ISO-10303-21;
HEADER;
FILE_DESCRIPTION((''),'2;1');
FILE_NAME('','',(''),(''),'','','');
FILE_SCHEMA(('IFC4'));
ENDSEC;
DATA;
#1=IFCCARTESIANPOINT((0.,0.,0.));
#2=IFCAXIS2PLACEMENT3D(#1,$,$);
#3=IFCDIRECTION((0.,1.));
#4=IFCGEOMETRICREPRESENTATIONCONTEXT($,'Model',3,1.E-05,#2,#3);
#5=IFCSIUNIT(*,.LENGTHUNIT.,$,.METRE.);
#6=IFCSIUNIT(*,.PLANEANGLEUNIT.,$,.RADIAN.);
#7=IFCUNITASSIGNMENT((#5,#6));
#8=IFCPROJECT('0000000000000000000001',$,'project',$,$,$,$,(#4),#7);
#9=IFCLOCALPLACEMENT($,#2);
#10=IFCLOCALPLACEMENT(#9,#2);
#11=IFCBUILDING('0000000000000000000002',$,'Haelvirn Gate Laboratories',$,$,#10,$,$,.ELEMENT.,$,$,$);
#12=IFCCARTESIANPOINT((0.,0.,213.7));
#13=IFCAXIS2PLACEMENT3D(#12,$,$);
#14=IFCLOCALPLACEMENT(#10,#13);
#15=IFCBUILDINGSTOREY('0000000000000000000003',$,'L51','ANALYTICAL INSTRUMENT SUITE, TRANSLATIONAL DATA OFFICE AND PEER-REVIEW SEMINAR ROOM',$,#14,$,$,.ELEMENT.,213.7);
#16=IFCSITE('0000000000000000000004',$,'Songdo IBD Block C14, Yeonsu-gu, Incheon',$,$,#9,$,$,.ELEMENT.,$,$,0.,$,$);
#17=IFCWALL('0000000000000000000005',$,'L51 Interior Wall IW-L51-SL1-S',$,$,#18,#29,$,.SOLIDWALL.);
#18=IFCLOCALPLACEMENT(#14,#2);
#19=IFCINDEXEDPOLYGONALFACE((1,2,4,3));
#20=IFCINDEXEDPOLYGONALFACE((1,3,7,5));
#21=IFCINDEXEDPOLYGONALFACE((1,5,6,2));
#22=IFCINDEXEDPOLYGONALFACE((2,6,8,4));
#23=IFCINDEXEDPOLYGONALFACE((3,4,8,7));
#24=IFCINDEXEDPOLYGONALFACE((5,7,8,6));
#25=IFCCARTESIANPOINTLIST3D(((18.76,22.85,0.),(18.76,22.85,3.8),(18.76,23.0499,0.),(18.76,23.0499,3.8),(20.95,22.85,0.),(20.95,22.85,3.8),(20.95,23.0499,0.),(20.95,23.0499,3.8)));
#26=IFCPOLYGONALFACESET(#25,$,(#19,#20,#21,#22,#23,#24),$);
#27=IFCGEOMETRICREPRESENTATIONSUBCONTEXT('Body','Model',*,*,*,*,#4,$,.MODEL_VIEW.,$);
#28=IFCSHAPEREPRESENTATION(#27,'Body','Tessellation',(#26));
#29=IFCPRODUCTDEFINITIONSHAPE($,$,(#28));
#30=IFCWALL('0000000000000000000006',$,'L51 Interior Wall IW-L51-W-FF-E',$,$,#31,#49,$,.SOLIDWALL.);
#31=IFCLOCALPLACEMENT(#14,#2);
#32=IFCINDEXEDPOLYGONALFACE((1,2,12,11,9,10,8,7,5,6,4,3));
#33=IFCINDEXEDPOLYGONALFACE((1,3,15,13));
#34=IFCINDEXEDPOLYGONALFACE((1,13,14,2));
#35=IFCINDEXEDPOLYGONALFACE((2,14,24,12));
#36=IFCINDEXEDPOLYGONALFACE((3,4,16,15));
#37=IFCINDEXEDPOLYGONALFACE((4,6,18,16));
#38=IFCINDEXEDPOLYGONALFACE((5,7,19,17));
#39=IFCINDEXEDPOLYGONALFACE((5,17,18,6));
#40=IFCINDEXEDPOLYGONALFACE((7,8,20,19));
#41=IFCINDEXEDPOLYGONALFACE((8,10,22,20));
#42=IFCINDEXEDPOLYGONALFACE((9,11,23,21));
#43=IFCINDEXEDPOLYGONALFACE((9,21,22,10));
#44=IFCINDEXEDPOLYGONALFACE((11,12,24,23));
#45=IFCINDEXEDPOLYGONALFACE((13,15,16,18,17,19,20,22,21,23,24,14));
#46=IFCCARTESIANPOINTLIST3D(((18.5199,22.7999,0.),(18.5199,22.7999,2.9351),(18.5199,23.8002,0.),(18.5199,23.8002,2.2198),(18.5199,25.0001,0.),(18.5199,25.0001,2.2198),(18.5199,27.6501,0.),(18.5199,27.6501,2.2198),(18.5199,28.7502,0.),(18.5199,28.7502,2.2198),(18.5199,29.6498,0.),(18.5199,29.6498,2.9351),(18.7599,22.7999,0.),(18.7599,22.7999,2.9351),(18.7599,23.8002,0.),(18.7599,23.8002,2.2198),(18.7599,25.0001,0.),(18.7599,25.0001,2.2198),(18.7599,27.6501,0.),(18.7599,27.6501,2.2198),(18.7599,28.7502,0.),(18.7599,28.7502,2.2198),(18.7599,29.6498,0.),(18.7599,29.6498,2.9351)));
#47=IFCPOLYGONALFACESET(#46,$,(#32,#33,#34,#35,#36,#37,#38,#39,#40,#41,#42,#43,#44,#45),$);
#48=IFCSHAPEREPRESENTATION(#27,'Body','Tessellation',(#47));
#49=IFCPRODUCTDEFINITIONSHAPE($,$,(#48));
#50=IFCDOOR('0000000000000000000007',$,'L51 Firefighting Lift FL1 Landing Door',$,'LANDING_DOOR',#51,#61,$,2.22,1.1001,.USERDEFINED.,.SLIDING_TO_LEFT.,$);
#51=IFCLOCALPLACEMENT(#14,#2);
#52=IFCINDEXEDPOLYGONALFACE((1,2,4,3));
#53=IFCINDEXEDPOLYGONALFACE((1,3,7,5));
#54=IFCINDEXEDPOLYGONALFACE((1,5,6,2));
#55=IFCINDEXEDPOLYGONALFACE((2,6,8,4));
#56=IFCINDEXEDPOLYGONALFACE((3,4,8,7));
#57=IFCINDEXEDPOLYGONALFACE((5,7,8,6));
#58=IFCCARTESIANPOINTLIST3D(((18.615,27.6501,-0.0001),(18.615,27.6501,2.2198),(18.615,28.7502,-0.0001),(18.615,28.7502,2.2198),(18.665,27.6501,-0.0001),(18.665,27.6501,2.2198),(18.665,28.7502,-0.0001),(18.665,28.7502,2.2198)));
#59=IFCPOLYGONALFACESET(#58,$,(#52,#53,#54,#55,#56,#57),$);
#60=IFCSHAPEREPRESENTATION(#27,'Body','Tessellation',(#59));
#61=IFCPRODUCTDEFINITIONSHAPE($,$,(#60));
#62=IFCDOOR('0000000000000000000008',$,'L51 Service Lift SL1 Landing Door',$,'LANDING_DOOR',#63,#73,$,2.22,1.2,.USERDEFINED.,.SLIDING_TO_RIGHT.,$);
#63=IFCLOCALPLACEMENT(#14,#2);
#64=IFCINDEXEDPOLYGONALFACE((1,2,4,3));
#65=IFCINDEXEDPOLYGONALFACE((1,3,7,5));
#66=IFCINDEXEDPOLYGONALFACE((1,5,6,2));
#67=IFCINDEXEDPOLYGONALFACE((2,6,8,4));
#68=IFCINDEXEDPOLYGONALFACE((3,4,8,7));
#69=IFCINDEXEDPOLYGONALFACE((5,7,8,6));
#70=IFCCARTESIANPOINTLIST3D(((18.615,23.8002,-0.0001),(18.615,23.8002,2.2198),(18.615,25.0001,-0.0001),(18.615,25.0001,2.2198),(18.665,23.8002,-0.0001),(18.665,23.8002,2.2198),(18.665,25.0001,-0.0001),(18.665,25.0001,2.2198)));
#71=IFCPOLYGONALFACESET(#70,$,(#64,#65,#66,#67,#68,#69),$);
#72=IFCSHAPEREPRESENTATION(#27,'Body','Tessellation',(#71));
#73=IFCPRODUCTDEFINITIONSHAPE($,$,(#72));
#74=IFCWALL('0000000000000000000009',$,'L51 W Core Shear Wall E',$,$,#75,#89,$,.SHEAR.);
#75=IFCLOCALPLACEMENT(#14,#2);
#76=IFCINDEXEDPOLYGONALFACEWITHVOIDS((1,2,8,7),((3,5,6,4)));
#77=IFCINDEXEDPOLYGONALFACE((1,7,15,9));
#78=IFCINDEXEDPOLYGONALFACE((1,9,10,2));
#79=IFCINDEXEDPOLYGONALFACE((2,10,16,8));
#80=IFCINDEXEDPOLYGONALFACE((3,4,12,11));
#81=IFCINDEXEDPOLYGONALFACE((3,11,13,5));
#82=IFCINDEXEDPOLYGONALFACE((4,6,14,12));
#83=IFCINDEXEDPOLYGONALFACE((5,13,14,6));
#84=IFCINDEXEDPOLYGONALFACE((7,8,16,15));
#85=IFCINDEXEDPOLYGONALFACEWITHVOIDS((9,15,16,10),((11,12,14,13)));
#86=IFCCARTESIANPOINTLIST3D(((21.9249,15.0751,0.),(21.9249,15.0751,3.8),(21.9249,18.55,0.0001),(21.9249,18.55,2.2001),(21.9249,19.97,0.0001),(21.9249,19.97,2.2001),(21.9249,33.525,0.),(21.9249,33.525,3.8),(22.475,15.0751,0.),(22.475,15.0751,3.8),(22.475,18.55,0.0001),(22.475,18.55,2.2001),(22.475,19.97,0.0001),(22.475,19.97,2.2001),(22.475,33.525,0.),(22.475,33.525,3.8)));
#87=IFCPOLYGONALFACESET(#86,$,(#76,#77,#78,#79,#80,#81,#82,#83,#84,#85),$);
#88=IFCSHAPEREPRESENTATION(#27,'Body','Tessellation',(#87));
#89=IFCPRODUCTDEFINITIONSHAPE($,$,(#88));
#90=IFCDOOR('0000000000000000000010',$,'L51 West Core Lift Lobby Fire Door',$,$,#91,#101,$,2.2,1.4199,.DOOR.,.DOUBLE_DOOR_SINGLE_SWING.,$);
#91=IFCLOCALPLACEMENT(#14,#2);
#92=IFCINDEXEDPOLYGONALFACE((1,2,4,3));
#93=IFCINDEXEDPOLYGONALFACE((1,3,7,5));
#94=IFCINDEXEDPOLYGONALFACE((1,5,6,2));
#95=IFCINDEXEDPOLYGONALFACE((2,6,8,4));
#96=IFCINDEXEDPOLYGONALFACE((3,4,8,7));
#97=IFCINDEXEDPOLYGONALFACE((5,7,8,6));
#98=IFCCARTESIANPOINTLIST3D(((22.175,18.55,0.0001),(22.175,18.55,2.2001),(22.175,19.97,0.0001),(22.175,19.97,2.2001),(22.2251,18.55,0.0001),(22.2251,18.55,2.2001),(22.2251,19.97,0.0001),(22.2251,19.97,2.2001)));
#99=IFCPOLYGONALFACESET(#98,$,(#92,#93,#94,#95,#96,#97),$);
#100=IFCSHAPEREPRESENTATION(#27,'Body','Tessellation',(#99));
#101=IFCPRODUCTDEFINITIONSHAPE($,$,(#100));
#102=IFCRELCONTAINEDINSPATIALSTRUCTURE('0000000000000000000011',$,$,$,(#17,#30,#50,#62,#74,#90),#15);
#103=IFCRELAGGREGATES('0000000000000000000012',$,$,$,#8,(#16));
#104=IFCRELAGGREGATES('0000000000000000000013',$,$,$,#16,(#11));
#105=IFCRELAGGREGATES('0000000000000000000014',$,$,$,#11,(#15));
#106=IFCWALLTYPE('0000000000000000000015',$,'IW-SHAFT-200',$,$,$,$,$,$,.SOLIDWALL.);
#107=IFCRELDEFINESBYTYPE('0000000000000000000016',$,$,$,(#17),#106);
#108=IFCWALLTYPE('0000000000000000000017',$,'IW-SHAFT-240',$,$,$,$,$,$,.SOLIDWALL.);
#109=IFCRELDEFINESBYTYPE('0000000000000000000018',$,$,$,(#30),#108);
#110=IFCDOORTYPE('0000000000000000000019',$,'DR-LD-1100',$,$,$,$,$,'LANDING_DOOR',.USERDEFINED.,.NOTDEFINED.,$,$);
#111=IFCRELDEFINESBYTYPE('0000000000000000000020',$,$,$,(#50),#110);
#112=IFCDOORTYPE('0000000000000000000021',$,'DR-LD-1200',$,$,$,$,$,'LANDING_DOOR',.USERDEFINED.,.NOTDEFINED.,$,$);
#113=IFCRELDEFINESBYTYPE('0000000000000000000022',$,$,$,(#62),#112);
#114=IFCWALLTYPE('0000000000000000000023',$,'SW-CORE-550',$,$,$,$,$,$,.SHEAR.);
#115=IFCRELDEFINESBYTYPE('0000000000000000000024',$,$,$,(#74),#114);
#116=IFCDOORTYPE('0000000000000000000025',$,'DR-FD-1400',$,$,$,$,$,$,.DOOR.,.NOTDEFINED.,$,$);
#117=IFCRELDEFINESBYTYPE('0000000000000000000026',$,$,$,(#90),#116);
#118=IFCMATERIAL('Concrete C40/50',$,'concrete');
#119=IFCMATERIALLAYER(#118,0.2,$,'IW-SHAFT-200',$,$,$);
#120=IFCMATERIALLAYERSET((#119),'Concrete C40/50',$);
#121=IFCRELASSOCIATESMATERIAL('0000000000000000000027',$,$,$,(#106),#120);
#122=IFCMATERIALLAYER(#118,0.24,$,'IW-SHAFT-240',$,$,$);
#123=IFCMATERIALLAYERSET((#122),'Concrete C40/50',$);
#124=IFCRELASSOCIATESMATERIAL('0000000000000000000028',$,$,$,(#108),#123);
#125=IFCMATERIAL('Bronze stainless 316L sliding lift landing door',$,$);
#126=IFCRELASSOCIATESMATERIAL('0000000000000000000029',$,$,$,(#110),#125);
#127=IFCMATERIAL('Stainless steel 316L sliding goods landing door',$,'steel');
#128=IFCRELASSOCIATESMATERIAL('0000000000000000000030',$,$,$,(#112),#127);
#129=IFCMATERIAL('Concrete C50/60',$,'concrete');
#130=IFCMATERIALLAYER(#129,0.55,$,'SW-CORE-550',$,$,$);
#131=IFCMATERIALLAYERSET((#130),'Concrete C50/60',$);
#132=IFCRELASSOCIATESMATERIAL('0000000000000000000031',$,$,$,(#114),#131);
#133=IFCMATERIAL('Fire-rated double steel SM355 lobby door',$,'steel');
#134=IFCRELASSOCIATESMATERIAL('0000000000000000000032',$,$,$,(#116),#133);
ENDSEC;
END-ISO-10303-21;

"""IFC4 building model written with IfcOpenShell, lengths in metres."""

from ifc_helpers import new_model, si_unit, direction, frame, frame_2d, origin, place, context, subcontext, project, spatial, rectangle, extrude, source, transform, mapped, material, layer, layer_set, type_object, type_shapes, element, fill, save


model = new_model("IFC4")

# Units and contexts
model_context = context("Model", 3, precision=1e-05, world=origin(), true_north=direction((0.0, 1.0)))
body_context = subcontext(model_context, "Body", "Model", "MODEL_VIEW")
ifc_project = project(units=[si_unit("LENGTHUNIT", "METRE"), si_unit("PLANEANGLEUNIT", "RADIAN")], contexts=[model_context])

# Site, building, storey
site_placement = place(None, origin())
site = spatial("IfcSite", under=ifc_project, at=site_placement, Name="Songdo IBD Block C14, Yeonsu-gu, Incheon", CompositionType="ELEMENT", RefElevation=0.0)
building_placement = place(site_placement, origin())
building = spatial("IfcBuilding", under=site, at=building_placement, Name="Haelvirn Gate Laboratories", CompositionType="ELEMENT")
storey_placement = place(building_placement, frame((0.0, 0.0, 213.7)))
storey = spatial("IfcBuildingStorey", under=building, at=storey_placement, Name="L51", Description="ANALYTICAL INSTRUMENT SUITE, TRANSLATIONAL DATA OFFICE AND PEER-REVIEW SEMINAR ROOM", CompositionType="ELEMENT", Elevation=213.7)

# Wall
ifc_material_1 = material(Name="Concrete C40/50", Category="concrete")
ifc_layer_1 = layer(ifc_material_1, 0.2, Name="IW-SHAFT-200")
ifc_layer_set_1 = layer_set([ifc_layer_1], Name="Concrete C40/50")
wall_type_1 = type_object("IfcWallType", Name="IW-SHAFT-200", PredefinedType="SOLIDWALL", material=ifc_layer_set_1)
wall_1_placement = place(storey_placement, frame((18.76, 22.95, 0.0), z_axis=(0.0, 0.0, 1.0), x_axis=(1.0, 0.0, 0.0)))
element("IfcWall", 1, at=wall_1_placement, inside=storey, type_object=wall_type_1, Name="L51 Interior Wall IW-L51-SL1-S", PredefinedType="SOLIDWALL", context=body_context, shape_type="SweptSolid", body=[
    extrude(rectangle(XDim=2.1899, YDim=0.2, at=frame_2d((1.095, 0.0))), origin(), (0.0, 0.0, 1.0), 3.8),
])

# Wall, openings, doors
ifc_layer_2 = layer(ifc_material_1, 0.24, Name="IW-SHAFT-240")
ifc_layer_set_2 = layer_set([ifc_layer_2], Name="Concrete C40/50")
wall_type_2 = type_object("IfcWallType", Name="IW-SHAFT-240", PredefinedType="SOLIDWALL", material=ifc_layer_set_2)
wall_2_placement = place(storey_placement, frame((18.6399, 22.8, 0.0), z_axis=(0.0, 0.0, 1.0), x_axis=(0.0, 1.0, 0.0)))
wall_2 = element("IfcWall", 2, at=wall_2_placement, inside=storey, type_object=wall_type_2, Name="L51 Interior Wall IW-L51-W-FF-E", PredefinedType="SOLIDWALL", context=body_context, shape_type="SweptSolid", body=[
    extrude(rectangle(XDim=6.8499, YDim=0.24, at=frame_2d((3.4248, 0.0))), origin(), (0.0, 0.0, 1.0), 2.9351),
])
opening_1_placement = place(wall_2_placement, frame((4.8501, 0.0, 0.0)))
opening_1 = element("IfcOpeningElement", 3, at=opening_1_placement, cuts=wall_2, PredefinedType="OPENING", context=body_context, shape_type="SweptSolid", body=[
    extrude(rectangle(XDim=1.1001, YDim=2.22, at=frame_2d((0.55, 1.1099))), frame((0.0, 0.1299, 0.0), z_axis=(0.0, -1.0, 0.0), x_axis=(1.0, 0.0, 0.0)), (0.0, 0.0, 1.0), 0.26),
])
opening_2_placement = place(wall_2_placement, frame((1.0, 0.0, 0.0)))
opening_2 = element("IfcOpeningElement", 4, at=opening_2_placement, cuts=wall_2, PredefinedType="OPENING", context=body_context, shape_type="SweptSolid", body=[
    extrude(rectangle(XDim=1.2, YDim=2.22, at=frame_2d((0.6001, 1.1099))), frame((0.0, 0.1299, 0.0), z_axis=(0.0, -1.0, 0.0), x_axis=(1.0, 0.0, 0.0)), (0.0, 0.0, 1.0), 0.26),
])
ifc_material_2 = material(Name="Bronze stainless 316L sliding lift landing door")
door_type_1 = type_object("IfcDoorType", Name="DR-LD-1100", ElementType="LANDING_DOOR", OperationType="NOTDEFINED", PredefinedType="USERDEFINED", material=ifc_material_2)
shared_shape_1 = source(origin(), body_context, "Body", "SweptSolid", [
    extrude(rectangle(XDim=1.1001, YDim=2.22, at=frame_2d((0.55, 1.1099))), frame((0.0, 0.0249, 0.0), z_axis=(0.0, -1.0, 0.0), x_axis=(1.0, 0.0, 0.0)), (0.0, 0.0, 1.0), 0.05),
])
type_shapes(door_type_1, [shared_shape_1])
door_1_placement = place(opening_1_placement, origin())
door_1 = element("IfcDoor", 5, at=door_1_placement, inside=storey, type_object=door_type_1, Name="L51 Firefighting Lift FL1 Landing Door", ObjectType="LANDING_DOOR", OperationType="SLIDING_TO_LEFT", OverallHeight=2.22, OverallWidth=1.1001, PredefinedType="USERDEFINED", context=body_context, shape_type="MappedRepresentation", body=[
    mapped(shared_shape_1, transform((0.0, 0.0, 0.0), scale=1.0)),
])
fill(opening_1, door_1)
ifc_material_3 = material(Name="Stainless steel 316L sliding goods landing door", Category="steel")
door_type_2 = type_object("IfcDoorType", Name="DR-LD-1200", ElementType="LANDING_DOOR", OperationType="NOTDEFINED", PredefinedType="USERDEFINED", material=ifc_material_3)
shared_shape_2 = source(origin(), body_context, "Body", "SweptSolid", [
    extrude(rectangle(XDim=1.2, YDim=2.22, at=frame_2d((0.6001, 1.1099))), frame((0.0, 0.0249, 0.0), z_axis=(0.0, -1.0, 0.0), x_axis=(1.0, 0.0, 0.0)), (0.0, 0.0, 1.0), 0.05),
])
type_shapes(door_type_2, [shared_shape_2])
door_2_placement = place(opening_2_placement, origin())
door_2 = element("IfcDoor", 6, at=door_2_placement, inside=storey, type_object=door_type_2, Name="L51 Service Lift SL1 Landing Door", ObjectType="LANDING_DOOR", OperationType="SLIDING_TO_RIGHT", OverallHeight=2.22, OverallWidth=1.2, PredefinedType="USERDEFINED", context=body_context, shape_type="MappedRepresentation", body=[
    mapped(shared_shape_2, transform((0.0, 0.0, 0.0), scale=1.0)),
])
fill(opening_2, door_2)

# Wall, opening, door
ifc_material_4 = material(Name="Concrete C50/60", Category="concrete")
ifc_layer_3 = layer(ifc_material_4, 0.55, Name="SW-CORE-550")
ifc_layer_set_3 = layer_set([ifc_layer_3], Name="Concrete C50/60")
wall_type_3 = type_object("IfcWallType", Name="SW-CORE-550", PredefinedType="SHEAR", material=ifc_layer_set_3)
wall_3_placement = place(storey_placement, frame((22.2, 15.075, 0.0), z_axis=(0.0, 0.0, 1.0), x_axis=(0.0, 1.0, 0.0)))
wall_3 = element("IfcWall", 7, at=wall_3_placement, inside=storey, type_object=wall_type_3, Name="L51 W Core Shear Wall E", PredefinedType="SHEAR", context=body_context, shape_type="SweptSolid", body=[
    extrude(rectangle(XDim=18.45, YDim=0.55, at=frame_2d((9.2251, 0.0))), origin(), (0.0, 0.0, 1.0), 3.8),
])
opening_3_placement = place(wall_3_placement, frame((3.4751, 0.0, 0.0)))
opening_3 = element("IfcOpeningElement", 8, at=opening_3_placement, cuts=wall_3, PredefinedType="OPENING", context=body_context, shape_type="SweptSolid", body=[
    extrude(rectangle(XDim=1.4199, YDim=2.2, at=frame_2d((0.71, 1.1001))), frame((0.0, 0.2852, 0.0), z_axis=(0.0, -1.0, 0.0), x_axis=(1.0, 0.0, 0.0)), (0.0, 0.0, 1.0), 0.5701),
])
ifc_material_5 = material(Name="Fire-rated double steel SM355 lobby door", Category="steel")
door_type_3 = type_object("IfcDoorType", Name="DR-FD-1400", OperationType="NOTDEFINED", PredefinedType="DOOR", material=ifc_material_5)
shared_shape_3 = source(origin(), body_context, "Body", "SweptSolid", [
    extrude(rectangle(XDim=1.4199, YDim=2.2, at=frame_2d((0.71, 1.1001))), frame((0.0, 0.0249, 0.0), z_axis=(0.0, -1.0, 0.0), x_axis=(1.0, 0.0, 0.0)), (0.0, 0.0, 1.0), 0.05),
])
type_shapes(door_type_3, [shared_shape_3])
door_3_placement = place(opening_3_placement, origin())
door_3 = element("IfcDoor", 9, at=door_3_placement, inside=storey, type_object=door_type_3, Name="L51 West Core Lift Lobby Fire Door", OperationType="DOUBLE_DOOR_SINGLE_SWING", OverallHeight=2.2, OverallWidth=1.4199, PredefinedType="DOOR", context=body_context, shape_type="MappedRepresentation", body=[
    mapped(shared_shape_3, transform((0.0, 0.0, 0.0), scale=1.0)),
])
fill(opening_3, door_3)

save(model, "model.ifc")
